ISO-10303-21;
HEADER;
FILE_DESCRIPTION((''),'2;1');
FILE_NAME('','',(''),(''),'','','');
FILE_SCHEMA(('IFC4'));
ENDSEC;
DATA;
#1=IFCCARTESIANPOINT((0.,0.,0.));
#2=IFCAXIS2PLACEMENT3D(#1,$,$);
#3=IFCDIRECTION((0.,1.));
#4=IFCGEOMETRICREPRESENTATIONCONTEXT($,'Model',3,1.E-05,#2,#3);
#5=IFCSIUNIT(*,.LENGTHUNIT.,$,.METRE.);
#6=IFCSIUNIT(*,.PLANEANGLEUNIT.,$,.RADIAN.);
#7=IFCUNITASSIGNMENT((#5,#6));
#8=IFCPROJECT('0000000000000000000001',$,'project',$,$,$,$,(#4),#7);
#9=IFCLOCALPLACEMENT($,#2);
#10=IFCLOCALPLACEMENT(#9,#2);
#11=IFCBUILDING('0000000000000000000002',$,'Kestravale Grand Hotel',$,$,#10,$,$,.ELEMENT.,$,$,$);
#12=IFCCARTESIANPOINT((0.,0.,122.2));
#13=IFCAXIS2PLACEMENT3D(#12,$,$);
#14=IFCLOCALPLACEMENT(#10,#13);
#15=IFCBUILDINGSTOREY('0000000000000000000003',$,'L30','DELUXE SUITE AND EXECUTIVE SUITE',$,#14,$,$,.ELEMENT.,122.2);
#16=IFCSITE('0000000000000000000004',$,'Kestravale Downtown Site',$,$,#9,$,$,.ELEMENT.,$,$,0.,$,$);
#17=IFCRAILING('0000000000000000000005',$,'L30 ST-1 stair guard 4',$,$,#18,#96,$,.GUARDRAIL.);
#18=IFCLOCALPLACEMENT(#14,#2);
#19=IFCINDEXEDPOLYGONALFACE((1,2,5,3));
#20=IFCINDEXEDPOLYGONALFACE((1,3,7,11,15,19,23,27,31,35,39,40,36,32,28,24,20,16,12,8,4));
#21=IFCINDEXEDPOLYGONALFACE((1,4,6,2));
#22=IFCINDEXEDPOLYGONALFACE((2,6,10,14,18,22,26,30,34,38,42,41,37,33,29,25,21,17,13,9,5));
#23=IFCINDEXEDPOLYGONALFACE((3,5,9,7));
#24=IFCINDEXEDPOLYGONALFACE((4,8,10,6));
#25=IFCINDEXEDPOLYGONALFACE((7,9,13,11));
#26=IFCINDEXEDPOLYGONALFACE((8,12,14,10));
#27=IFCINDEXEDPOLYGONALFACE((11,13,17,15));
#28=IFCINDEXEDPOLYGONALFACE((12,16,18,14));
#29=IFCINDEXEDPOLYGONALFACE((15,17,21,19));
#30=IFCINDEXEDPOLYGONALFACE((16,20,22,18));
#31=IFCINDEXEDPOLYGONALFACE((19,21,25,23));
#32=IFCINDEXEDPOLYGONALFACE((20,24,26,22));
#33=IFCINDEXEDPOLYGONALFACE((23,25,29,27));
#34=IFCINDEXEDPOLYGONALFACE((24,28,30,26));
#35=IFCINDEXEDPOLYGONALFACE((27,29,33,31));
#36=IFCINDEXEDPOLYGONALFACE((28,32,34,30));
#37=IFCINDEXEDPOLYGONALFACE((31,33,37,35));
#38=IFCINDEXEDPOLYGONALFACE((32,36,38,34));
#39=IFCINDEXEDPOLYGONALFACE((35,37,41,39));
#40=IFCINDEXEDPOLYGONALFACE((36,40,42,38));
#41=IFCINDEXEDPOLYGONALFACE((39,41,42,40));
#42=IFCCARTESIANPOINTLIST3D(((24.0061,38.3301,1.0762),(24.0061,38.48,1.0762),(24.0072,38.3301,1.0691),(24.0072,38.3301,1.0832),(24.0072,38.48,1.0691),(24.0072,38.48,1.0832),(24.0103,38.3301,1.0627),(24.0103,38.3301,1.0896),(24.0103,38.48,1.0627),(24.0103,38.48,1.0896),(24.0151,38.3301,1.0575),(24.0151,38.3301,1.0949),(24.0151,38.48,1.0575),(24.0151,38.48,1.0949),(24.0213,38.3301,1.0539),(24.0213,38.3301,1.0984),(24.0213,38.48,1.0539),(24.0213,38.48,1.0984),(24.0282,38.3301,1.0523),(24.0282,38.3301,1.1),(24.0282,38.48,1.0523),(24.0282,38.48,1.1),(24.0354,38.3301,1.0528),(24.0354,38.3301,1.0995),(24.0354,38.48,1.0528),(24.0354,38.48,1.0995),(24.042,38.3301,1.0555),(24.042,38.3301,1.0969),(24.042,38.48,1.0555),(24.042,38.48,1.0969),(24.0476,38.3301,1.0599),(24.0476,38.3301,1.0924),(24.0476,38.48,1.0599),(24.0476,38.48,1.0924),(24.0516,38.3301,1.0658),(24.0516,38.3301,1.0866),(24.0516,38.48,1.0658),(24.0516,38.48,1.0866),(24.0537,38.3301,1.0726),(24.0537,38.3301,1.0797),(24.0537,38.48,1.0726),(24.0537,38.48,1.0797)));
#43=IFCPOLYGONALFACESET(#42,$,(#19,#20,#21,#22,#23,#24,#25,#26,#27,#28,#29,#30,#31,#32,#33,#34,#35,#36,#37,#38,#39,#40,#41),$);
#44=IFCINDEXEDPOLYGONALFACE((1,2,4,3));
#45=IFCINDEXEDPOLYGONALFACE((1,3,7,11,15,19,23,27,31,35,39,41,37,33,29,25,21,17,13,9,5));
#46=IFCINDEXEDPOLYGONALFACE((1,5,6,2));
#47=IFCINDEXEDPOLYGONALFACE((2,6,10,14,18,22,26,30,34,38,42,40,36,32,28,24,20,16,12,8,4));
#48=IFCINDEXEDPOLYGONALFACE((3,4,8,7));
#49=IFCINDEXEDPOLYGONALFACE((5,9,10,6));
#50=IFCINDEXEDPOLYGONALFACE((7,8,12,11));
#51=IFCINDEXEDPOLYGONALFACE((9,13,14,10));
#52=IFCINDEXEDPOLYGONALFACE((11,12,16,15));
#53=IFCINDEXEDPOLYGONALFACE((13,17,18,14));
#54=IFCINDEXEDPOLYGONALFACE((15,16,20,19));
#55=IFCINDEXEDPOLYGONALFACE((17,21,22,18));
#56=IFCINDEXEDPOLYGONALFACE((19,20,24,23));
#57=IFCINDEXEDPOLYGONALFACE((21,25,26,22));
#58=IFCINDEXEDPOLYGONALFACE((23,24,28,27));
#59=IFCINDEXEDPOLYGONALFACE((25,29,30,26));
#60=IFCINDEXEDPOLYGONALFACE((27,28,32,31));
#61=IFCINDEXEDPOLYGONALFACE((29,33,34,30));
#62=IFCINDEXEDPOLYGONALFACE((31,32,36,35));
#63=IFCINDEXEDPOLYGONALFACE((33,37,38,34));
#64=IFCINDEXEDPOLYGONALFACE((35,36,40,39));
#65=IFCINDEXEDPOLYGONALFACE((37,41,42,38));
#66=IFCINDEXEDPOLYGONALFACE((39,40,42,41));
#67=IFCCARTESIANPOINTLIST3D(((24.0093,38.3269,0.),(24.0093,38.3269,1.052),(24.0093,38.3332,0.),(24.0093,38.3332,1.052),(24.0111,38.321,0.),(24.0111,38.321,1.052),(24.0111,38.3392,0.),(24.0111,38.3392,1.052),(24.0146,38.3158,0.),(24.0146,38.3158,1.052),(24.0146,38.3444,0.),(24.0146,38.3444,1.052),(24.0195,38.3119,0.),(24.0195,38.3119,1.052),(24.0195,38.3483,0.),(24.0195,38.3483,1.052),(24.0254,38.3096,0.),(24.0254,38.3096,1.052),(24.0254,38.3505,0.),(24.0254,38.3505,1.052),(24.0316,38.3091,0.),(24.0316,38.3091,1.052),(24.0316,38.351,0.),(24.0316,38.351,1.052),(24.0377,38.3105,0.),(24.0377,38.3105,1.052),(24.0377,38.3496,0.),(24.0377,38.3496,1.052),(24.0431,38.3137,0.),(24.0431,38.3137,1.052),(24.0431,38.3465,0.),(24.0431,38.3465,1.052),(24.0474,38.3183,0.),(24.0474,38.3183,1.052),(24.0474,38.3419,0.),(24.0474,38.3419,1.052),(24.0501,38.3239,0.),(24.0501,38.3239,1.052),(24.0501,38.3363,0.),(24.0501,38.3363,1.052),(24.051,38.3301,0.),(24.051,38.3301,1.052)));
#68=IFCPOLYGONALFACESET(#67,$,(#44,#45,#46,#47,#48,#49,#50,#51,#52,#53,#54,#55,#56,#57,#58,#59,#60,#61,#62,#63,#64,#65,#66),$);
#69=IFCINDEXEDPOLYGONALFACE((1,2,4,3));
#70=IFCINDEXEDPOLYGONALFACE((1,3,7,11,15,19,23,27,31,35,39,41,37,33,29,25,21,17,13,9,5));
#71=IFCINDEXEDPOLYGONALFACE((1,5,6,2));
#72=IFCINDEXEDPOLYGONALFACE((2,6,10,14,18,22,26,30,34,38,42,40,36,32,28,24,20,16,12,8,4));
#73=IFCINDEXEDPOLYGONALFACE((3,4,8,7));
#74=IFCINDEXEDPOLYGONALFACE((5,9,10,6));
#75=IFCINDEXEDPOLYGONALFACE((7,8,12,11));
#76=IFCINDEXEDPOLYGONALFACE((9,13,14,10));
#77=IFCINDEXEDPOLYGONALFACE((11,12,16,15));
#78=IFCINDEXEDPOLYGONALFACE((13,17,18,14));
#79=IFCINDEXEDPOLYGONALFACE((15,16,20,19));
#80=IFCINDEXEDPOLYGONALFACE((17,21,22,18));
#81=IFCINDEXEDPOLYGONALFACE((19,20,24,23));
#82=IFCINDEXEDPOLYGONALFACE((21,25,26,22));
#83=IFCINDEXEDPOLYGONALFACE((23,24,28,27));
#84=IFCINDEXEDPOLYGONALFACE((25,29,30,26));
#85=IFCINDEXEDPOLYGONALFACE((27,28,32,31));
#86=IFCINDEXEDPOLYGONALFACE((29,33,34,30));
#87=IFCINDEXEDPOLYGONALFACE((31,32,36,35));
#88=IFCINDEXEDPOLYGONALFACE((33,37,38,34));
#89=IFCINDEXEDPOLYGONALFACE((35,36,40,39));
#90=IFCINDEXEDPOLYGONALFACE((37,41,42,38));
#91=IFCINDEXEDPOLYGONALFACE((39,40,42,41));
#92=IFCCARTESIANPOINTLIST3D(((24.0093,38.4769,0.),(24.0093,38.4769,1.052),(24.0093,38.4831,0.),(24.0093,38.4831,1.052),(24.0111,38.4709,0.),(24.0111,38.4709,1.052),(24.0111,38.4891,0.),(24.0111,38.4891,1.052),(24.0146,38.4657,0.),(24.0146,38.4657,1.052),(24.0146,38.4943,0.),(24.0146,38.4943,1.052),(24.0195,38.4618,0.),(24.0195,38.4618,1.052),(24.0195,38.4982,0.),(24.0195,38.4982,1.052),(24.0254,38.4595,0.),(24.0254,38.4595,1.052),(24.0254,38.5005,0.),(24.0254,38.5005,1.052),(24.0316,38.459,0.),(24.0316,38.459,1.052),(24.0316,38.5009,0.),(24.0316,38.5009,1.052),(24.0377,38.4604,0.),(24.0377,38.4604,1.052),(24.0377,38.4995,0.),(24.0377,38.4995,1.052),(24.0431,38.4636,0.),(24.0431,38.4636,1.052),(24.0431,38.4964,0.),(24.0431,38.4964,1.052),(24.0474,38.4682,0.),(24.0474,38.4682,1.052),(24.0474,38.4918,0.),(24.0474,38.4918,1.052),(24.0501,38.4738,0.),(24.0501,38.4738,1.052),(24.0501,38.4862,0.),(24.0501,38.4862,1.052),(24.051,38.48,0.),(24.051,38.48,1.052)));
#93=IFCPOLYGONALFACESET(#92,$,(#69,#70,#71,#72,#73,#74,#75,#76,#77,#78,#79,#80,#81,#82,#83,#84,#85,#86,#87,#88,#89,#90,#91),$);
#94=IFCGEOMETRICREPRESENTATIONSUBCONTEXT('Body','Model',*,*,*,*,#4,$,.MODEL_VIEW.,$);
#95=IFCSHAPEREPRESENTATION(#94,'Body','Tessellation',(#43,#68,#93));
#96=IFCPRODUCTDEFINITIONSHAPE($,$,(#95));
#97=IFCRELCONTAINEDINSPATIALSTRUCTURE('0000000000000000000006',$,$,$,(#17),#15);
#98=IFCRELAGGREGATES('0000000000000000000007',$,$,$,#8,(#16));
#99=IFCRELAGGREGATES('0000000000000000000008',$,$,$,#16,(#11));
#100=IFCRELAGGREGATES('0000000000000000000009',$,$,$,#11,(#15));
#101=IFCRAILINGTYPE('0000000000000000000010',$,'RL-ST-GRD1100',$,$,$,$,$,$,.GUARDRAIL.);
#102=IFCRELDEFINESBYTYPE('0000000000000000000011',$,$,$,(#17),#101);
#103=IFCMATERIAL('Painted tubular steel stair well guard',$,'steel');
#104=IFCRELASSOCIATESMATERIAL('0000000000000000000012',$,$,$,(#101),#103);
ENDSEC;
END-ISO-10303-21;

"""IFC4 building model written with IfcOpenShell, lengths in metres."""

from ifc_helpers import new_model, si_unit, direction, frame, origin, origin_2d, place, context, subcontext, project, spatial, circle, extrude, material, type_object, element, save


model = new_model("IFC4")

# Units and contexts
model_context = context("Model", 3, precision=1e-05, world=origin(), true_north=direction((0.0, 1.0)))
body_context = subcontext(model_context, "Body", "Model", "MODEL_VIEW")
ifc_project = project(units=[si_unit("LENGTHUNIT", "METRE"), si_unit("PLANEANGLEUNIT", "RADIAN")], contexts=[model_context])

# Site, building, storey
site_placement = place(None, origin())
site = spatial("IfcSite", under=ifc_project, at=site_placement, Name="Kestravale Downtown Site", CompositionType="ELEMENT", RefElevation=0.0)
building_placement = place(site_placement, origin())
building = spatial("IfcBuilding", under=site, at=building_placement, Name="Kestravale Grand Hotel", CompositionType="ELEMENT")
storey_placement = place(building_placement, frame((0.0, 0.0, 122.2)))
storey = spatial("IfcBuildingStorey", under=building, at=storey_placement, Name="L30", Description="DELUXE SUITE AND EXECUTIVE SUITE", CompositionType="ELEMENT", Elevation=122.2)

# Railing
ifc_material_1 = material(Name="Painted tubular steel stair well guard", Category="steel")
railing_type_1 = type_object("IfcRailingType", Name="RL-ST-GRD1100", PredefinedType="GUARDRAIL", material=ifc_material_1)
railing_1_placement = place(storey_placement, frame((24.03, 38.3301, 0.0)))
element("IfcRailing", 1, at=railing_1_placement, inside=storey, type_object=railing_type_1, Name="L30 ST-1 stair guard 4", PredefinedType="GUARDRAIL", context=body_context, shape_type="SweptSolid", body=[
    extrude(circle(Radius=0.0239, at=origin_2d()), frame((0.0, 0.0, 1.0762), z_axis=(0.0, 1.0, 0.0), x_axis=(-1.0, 0.0, 0.0)), (0.0, 0.0, 1.0), 0.1499),
    extrude(circle(Radius=0.021, at=origin_2d()), origin(), (0.0, 0.0, 1.0), 1.052),
    extrude(circle(Radius=0.021, at=origin_2d()), frame((0.0, 0.1499, 0.0)), (0.0, 0.0, 1.0), 1.052),
])

save(model, "model.ifc")
